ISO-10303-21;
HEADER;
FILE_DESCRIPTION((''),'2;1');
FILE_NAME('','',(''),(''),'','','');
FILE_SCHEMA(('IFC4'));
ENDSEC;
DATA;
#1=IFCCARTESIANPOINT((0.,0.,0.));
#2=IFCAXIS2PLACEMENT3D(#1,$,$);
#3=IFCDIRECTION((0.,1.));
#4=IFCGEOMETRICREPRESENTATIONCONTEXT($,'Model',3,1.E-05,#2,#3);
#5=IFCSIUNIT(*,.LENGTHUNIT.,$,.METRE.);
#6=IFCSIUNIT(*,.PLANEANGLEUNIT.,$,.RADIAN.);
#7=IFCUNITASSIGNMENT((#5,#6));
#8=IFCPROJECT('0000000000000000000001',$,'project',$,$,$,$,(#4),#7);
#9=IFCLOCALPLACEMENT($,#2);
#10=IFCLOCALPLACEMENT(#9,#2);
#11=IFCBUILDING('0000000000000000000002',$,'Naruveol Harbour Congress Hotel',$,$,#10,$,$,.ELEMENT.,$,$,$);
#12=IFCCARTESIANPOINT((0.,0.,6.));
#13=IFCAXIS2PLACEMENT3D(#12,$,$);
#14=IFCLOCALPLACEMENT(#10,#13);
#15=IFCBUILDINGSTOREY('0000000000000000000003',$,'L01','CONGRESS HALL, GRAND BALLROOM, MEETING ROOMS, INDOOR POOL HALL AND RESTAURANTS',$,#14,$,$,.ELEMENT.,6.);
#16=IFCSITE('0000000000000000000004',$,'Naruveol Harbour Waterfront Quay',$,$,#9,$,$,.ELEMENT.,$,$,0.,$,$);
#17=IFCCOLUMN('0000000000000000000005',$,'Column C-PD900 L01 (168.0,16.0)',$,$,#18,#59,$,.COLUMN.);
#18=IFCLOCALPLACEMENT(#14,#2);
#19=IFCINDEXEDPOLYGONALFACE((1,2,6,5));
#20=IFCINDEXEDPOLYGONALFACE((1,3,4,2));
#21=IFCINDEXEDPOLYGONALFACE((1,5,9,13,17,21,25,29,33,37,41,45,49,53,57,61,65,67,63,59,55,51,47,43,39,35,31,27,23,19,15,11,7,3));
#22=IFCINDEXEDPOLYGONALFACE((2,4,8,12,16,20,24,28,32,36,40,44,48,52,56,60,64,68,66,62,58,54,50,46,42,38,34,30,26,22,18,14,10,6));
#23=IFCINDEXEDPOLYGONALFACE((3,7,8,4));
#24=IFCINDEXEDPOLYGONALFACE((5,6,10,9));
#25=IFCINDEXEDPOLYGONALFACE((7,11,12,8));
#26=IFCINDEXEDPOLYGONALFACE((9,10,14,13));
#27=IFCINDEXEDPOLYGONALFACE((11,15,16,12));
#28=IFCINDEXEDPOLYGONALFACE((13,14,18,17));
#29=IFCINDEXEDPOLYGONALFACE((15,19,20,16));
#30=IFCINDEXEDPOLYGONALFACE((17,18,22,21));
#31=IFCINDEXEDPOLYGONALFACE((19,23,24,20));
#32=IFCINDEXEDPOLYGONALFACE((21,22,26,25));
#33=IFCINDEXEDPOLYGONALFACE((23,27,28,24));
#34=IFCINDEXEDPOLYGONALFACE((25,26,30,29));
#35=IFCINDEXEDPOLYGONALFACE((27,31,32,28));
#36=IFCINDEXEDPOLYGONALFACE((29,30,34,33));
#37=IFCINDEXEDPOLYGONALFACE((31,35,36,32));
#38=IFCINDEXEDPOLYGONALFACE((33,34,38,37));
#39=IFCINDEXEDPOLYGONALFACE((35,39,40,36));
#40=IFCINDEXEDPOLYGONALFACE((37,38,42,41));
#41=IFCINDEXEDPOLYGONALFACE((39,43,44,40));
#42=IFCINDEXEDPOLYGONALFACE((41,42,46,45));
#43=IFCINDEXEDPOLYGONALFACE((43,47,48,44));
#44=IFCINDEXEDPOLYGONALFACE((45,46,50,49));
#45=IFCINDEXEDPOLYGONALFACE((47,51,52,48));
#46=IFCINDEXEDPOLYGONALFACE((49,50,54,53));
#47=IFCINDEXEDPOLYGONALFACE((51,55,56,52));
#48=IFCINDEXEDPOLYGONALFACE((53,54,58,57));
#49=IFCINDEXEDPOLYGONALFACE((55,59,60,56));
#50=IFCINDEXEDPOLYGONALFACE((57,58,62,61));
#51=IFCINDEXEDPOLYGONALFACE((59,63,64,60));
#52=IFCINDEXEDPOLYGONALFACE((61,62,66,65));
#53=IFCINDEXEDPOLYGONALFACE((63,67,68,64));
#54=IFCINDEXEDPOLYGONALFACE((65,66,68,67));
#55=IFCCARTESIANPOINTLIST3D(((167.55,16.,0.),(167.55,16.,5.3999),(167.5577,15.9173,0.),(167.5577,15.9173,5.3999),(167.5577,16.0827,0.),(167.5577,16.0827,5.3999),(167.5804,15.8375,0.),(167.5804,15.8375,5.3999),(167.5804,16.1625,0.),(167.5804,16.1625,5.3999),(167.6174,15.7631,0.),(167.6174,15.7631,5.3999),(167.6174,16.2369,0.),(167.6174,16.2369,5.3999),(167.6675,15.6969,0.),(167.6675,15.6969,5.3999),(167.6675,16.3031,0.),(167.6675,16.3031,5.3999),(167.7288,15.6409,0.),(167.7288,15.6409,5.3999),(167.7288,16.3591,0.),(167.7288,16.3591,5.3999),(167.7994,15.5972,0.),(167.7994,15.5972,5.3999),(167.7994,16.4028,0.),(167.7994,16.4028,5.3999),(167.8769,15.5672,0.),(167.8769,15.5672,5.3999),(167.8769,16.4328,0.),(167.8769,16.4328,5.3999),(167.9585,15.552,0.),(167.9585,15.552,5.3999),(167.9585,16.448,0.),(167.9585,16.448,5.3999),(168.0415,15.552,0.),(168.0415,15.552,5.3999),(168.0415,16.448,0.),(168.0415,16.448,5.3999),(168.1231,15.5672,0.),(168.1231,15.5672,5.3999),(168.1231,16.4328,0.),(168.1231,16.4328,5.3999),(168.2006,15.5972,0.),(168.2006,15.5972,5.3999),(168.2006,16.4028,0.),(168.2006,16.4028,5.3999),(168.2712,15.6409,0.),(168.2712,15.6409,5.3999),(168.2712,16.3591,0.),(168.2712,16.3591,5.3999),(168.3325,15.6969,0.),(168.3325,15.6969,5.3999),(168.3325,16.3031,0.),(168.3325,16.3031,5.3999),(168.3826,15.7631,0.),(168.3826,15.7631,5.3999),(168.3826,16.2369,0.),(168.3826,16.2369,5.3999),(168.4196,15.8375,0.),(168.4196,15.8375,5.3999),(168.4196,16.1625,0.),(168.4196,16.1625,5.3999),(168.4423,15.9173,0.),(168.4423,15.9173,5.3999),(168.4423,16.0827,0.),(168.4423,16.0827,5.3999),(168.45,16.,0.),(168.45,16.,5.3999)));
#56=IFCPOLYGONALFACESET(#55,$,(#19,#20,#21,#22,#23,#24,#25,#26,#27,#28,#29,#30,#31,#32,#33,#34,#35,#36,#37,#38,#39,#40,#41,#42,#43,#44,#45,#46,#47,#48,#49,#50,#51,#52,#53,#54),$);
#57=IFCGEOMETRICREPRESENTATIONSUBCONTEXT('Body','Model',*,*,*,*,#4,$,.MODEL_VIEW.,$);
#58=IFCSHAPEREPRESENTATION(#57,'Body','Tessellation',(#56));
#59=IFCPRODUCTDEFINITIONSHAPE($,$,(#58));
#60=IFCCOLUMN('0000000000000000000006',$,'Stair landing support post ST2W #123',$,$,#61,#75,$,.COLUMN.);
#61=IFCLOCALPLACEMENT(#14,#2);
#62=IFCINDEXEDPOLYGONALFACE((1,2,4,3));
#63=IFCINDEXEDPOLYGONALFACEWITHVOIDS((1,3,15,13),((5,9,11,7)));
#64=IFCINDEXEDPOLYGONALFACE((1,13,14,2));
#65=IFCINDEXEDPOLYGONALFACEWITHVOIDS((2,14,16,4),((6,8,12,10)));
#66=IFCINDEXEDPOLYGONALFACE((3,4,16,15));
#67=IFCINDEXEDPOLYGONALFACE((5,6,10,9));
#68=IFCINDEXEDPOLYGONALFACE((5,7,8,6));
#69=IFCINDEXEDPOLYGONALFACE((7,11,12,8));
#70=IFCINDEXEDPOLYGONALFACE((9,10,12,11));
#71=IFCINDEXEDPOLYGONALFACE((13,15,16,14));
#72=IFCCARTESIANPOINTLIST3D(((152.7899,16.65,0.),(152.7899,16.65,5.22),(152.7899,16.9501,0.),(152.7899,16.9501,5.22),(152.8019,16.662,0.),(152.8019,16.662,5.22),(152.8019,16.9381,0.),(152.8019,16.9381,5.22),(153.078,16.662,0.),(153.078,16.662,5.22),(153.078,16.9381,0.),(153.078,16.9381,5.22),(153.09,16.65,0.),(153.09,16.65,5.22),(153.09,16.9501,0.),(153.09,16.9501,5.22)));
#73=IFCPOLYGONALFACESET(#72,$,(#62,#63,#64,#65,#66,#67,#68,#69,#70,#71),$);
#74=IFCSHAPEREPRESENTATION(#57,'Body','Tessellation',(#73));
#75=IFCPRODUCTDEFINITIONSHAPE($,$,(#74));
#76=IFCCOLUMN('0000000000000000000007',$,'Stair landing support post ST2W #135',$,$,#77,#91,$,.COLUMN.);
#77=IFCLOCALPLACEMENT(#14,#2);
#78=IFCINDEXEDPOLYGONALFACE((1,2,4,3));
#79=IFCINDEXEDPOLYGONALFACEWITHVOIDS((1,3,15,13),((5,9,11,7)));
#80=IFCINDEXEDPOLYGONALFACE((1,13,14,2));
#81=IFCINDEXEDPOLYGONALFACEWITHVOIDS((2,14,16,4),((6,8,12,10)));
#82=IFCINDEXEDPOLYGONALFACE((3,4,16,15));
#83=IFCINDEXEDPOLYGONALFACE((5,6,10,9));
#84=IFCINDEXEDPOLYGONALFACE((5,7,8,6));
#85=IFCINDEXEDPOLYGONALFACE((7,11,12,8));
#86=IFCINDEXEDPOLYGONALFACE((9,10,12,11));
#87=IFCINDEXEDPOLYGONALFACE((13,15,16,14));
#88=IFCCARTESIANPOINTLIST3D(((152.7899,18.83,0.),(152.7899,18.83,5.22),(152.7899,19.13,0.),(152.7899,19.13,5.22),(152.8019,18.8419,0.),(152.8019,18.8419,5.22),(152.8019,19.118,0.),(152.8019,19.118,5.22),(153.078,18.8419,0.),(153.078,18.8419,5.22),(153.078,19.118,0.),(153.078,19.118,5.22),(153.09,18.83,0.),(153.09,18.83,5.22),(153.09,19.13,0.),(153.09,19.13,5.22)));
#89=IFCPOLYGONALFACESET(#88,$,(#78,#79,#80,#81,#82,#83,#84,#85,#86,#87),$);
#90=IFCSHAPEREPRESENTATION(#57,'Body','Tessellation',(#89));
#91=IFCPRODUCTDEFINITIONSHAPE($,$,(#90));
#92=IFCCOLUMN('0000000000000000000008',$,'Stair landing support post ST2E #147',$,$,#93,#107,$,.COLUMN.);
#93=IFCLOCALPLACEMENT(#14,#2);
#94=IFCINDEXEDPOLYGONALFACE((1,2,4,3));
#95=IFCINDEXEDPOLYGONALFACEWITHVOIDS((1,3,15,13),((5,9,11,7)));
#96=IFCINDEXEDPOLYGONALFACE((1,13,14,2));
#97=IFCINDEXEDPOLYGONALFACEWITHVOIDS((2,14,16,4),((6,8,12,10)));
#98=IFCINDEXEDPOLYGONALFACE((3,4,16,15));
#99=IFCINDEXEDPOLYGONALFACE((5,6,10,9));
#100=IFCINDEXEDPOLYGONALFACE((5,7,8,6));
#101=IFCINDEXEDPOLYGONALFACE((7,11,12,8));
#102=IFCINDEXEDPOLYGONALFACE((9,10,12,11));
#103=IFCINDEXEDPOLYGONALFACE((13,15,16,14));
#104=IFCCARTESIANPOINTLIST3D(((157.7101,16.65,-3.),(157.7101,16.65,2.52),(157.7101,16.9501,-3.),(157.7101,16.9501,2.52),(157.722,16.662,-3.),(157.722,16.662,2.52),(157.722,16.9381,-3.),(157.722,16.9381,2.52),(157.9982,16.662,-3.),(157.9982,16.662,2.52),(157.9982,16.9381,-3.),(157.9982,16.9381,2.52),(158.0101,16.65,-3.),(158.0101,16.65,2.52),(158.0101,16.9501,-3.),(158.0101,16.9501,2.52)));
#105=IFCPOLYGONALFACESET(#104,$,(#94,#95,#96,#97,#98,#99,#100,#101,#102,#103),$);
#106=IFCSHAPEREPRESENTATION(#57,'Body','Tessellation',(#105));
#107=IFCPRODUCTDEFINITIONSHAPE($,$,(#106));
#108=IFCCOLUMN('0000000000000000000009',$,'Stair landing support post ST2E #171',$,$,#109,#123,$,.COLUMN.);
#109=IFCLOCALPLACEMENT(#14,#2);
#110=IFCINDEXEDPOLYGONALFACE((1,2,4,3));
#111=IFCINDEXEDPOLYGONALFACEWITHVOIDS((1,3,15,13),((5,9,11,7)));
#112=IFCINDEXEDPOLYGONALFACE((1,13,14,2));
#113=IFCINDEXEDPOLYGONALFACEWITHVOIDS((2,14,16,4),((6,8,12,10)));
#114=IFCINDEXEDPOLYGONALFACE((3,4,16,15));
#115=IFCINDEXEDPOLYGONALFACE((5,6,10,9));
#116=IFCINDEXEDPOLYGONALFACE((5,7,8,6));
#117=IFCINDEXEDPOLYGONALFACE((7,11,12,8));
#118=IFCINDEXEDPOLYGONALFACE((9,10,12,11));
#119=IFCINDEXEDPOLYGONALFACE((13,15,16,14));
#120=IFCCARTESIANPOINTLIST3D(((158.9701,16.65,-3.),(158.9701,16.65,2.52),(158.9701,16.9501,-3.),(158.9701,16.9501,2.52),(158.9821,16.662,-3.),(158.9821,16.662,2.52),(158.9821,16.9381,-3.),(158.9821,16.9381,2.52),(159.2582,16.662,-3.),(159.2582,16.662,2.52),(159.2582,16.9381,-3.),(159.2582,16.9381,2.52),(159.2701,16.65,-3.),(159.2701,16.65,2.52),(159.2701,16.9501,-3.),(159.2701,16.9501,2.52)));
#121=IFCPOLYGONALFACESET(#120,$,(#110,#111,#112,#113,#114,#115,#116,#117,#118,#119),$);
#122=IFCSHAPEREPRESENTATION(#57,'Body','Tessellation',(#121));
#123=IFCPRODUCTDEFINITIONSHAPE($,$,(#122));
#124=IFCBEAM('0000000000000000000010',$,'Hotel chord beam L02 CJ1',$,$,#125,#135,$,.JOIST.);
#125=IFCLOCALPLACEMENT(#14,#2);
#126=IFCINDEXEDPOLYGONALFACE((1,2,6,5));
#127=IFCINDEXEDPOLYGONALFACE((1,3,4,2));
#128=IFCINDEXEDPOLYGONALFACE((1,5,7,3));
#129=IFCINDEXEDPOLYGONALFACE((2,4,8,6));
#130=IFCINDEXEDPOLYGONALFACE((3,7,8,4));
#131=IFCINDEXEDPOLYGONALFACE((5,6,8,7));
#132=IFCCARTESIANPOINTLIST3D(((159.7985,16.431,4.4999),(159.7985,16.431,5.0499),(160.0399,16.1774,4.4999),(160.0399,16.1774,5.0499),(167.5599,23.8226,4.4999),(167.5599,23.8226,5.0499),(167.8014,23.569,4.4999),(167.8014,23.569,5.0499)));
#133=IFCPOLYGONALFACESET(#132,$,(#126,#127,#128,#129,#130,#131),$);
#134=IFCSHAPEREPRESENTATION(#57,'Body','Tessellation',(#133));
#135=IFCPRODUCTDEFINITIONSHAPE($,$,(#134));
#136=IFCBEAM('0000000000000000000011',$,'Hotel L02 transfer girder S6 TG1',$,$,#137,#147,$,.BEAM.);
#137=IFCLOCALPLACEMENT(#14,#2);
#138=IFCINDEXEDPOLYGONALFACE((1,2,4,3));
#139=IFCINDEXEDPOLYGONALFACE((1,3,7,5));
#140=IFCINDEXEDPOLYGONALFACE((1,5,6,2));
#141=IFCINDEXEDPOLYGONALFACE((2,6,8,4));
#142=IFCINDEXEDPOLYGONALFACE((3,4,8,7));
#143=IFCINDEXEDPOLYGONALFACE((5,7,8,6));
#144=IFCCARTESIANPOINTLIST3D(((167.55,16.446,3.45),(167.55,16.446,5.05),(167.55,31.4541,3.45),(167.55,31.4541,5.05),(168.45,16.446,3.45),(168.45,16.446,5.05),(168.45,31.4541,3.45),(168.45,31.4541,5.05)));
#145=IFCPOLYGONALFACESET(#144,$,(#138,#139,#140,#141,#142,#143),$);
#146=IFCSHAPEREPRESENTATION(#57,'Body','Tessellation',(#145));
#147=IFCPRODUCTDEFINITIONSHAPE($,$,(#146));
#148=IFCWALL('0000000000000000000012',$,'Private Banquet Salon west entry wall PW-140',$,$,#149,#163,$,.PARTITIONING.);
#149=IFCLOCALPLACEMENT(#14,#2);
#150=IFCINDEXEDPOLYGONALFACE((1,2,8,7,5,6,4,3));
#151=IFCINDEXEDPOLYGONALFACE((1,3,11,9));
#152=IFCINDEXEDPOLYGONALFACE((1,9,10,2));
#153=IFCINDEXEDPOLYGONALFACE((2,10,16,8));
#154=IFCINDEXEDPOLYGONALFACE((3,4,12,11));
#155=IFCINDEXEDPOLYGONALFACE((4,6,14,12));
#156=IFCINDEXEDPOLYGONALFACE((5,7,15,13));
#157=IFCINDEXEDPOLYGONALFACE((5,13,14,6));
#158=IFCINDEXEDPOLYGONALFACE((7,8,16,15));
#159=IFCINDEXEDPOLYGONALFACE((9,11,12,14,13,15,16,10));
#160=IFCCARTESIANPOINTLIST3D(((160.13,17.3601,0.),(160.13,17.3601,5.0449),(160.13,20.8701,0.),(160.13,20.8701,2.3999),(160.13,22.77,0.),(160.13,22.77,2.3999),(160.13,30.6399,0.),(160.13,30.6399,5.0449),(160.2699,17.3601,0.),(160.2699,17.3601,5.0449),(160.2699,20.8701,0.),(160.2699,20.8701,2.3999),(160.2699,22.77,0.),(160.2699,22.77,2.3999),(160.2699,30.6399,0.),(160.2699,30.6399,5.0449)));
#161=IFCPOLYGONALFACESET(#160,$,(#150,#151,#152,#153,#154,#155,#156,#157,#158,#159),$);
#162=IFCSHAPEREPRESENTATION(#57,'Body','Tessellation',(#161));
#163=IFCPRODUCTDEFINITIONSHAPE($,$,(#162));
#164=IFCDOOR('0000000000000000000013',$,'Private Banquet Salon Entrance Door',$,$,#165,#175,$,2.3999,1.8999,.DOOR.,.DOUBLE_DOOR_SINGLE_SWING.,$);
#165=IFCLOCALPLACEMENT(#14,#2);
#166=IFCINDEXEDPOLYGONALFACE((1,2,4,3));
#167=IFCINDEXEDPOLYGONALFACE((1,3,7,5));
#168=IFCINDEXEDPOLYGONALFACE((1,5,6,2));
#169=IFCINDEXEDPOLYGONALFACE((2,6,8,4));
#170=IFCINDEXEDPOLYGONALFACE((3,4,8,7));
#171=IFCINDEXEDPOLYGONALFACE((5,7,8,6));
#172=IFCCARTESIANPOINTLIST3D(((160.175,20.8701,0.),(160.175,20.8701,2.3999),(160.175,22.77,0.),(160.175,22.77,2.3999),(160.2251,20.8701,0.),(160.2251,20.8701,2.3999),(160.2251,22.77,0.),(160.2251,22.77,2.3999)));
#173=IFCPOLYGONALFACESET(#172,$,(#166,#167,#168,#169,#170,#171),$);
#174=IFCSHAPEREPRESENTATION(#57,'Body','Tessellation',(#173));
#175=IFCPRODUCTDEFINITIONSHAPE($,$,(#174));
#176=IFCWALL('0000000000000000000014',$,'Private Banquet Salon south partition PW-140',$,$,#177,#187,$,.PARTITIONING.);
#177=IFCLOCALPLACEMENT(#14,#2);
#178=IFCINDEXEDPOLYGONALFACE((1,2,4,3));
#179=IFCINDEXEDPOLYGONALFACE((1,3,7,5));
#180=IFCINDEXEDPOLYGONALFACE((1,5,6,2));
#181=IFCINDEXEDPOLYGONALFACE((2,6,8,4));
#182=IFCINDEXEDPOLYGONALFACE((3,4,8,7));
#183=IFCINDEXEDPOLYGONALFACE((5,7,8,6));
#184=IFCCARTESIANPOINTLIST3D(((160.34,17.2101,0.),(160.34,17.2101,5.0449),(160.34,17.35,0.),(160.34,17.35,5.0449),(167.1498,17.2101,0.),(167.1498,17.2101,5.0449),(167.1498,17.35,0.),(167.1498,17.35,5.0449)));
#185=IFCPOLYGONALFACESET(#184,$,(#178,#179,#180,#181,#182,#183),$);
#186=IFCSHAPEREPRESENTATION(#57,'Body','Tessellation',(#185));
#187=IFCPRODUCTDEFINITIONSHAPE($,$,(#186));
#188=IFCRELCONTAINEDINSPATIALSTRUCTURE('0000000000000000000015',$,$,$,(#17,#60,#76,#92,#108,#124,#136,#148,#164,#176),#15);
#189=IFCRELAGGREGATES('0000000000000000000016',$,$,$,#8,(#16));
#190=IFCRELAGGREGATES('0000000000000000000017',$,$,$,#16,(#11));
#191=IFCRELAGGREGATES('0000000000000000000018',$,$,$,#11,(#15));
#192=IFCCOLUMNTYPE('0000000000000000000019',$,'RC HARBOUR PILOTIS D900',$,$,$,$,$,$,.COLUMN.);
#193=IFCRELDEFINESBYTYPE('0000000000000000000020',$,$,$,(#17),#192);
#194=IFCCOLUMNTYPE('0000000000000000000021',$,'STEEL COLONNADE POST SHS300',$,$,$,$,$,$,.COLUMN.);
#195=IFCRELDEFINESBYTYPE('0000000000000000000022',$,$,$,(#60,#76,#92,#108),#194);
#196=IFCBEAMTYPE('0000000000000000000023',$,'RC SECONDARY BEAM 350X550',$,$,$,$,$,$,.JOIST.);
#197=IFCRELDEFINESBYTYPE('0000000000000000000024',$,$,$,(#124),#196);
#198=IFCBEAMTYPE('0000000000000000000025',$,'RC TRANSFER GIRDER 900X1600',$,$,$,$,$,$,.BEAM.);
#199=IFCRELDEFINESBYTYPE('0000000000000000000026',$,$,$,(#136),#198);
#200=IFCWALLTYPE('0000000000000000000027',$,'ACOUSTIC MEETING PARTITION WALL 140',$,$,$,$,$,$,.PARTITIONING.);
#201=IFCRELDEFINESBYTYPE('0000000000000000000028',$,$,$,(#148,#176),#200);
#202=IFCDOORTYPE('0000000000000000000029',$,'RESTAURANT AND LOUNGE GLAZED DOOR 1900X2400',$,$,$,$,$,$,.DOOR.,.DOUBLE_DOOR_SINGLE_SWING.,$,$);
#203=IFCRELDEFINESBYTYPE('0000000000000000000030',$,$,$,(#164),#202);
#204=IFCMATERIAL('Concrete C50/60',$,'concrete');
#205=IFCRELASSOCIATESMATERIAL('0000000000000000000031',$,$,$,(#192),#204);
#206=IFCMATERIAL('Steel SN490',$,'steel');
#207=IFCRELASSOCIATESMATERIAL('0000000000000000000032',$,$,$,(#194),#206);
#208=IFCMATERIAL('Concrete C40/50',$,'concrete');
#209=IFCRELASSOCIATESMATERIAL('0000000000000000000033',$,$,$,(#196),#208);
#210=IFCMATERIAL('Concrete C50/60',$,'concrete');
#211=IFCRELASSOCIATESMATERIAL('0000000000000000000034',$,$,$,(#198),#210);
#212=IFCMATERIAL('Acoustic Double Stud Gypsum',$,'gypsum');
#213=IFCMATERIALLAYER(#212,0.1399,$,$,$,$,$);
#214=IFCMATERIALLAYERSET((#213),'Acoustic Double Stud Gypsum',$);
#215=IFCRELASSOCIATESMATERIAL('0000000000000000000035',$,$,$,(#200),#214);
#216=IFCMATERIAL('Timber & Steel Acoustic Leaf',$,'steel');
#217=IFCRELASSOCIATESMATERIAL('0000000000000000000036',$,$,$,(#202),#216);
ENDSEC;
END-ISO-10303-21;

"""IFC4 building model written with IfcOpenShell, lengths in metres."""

from ifc_helpers import new_model, si_unit, direction, frame, frame_2d, origin, origin_2d, place, context, subcontext, project, spatial, rectangle, hollow_rectangle, circle, extrude, material, layer, layer_set, material_profile, profile_set, type_object, element, fill, save


model = new_model("IFC4")

# Units and contexts
model_context = context("Model", 3, precision=1e-05, world=origin(), true_north=direction((0.0, 1.0)))
body_context = subcontext(model_context, "Body", "Model", "MODEL_VIEW")
ifc_project = project(units=[si_unit("LENGTHUNIT", "METRE"), si_unit("PLANEANGLEUNIT", "RADIAN")], contexts=[model_context])

# Site, building, storey
site_placement = place(None, origin())
site = spatial("IfcSite", under=ifc_project, at=site_placement, Name="Naruveol Harbour Waterfront Quay", CompositionType="ELEMENT", RefElevation=0.0)
building_placement = place(site_placement, origin())
building = spatial("IfcBuilding", under=site, at=building_placement, Name="Naruveol Harbour Congress Hotel", CompositionType="ELEMENT")
storey_placement = place(building_placement, frame((0.0, 0.0, 6.0)))
storey = spatial("IfcBuildingStorey", under=building, at=storey_placement, Name="L01", Description="CONGRESS HALL, GRAND BALLROOM, MEETING ROOMS, INDOOR POOL HALL AND RESTAURANTS", CompositionType="ELEMENT", Elevation=6.0)

# Columns
ifc_material_1 = material(Name="Concrete C50/60", Category="concrete")
ifc_material_profile_1 = material_profile(ifc_material_1, circle(Radius=0.45, at=origin_2d()), Name="RC-D900")
ifc_profile_set_1 = profile_set([ifc_material_profile_1], Name="Concrete C50/60")
column_type_1 = type_object("IfcColumnType", Name="RC HARBOUR PILOTIS D900", PredefinedType="COLUMN", material=ifc_profile_set_1)
column_placement = place(storey_placement, frame((168.0, 16.0, 0.0), z_axis=(0.0, 0.0, 1.0), x_axis=(1.0, 0.0, 0.0)))
element("IfcColumn", 1, at=column_placement, inside=storey, type_object=column_type_1, Name="Column C-PD900 L01 (168.0,16.0)", PredefinedType="COLUMN", context=body_context, shape_type="SweptSolid", body=[
    extrude(circle(Radius=0.45, at=origin_2d()), origin(), (0.0, 0.0, 1.0), 5.3999),
])
ifc_material_2 = material(Name="Steel SN490", Category="steel")
ifc_material_profile_2 = material_profile(ifc_material_2, hollow_rectangle(XDim=0.3, YDim=0.3, WallThickness=0.012, at=origin_2d()), Name="SHS-300x300x12")
ifc_profile_set_2 = profile_set([ifc_material_profile_2], Name="Steel SN490")
column_type_2 = type_object("IfcColumnType", Name="STEEL COLONNADE POST SHS300", PredefinedType="COLUMN", material=ifc_profile_set_2)
for number, where, z_axis, x_axis, name in (
    (2, (152.9399, 16.8, 0.0), (0.0, 0.0, 1.0), (1.0, 0.0, 0.0), "Stair landing support post ST2W #123"),
    (3, (152.9399, 18.98, 0.0), (0.0, 0.0, 1.0), (1.0, 0.0, 0.0), "Stair landing support post ST2W #135"),
):
    element("IfcColumn", number, at=place(storey_placement, frame(where, z_axis=z_axis, x_axis=x_axis)), inside=storey, type_object=column_type_2, Name=name, PredefinedType="COLUMN", context=body_context, shape_type="SweptSolid", body=[
        extrude(hollow_rectangle(XDim=0.3, YDim=0.3, WallThickness=0.012, at=origin_2d()), origin(), (0.0, 0.0, 1.0), 5.22),
    ])
for number, where, z_axis, x_axis, name in (
    (4, (157.8601, 16.8, -3.0), (0.0, 0.0, 1.0), (1.0, 0.0, 0.0), "Stair landing support post ST2E #147"),
    (5, (159.1201, 16.8, -3.0), (0.0, 0.0, 1.0), (1.0, 0.0, 0.0), "Stair landing support post ST2E #171"),
):
    element("IfcColumn", number, at=place(storey_placement, frame(where, z_axis=z_axis, x_axis=x_axis)), inside=storey, type_object=column_type_2, Name=name, PredefinedType="COLUMN", context=body_context, shape_type="SweptSolid", body=[
        extrude(hollow_rectangle(XDim=0.3, YDim=0.3, WallThickness=0.012, at=origin_2d()), origin(), (0.0, 0.0, 1.0), 5.52),
    ])

# Beams
ifc_material_3 = material(Name="Concrete C40/50", Category="concrete")
ifc_material_profile_3 = material_profile(ifc_material_3, rectangle(XDim=0.3501, YDim=0.55, at=origin_2d()), Name="RCB-350x550")
ifc_profile_set_3 = profile_set([ifc_material_profile_3], Name="Concrete C40/50")
beam_type_1 = type_object("IfcBeamType", Name="RC SECONDARY BEAM 350X550", PredefinedType="JOIST", material=ifc_profile_set_3)
beam_1_placement = place(storey_placement, frame((159.9192, 16.3042, 4.7749), z_axis=(0.724151, 0.689642, 0.0), x_axis=(-0.689642, 0.724151, 0.0)))
element("IfcBeam", 6, at=beam_1_placement, inside=storey, type_object=beam_type_1, Name="Hotel chord beam L02 CJ1", PredefinedType="JOIST", context=body_context, shape_type="SweptSolid", body=[
    extrude(rectangle(XDim=0.3501, YDim=0.55, at=origin_2d()), origin(), (0.0, 0.0, 1.0), 10.718),
])
ifc_material_4 = material(Name="Concrete C50/60", Category="concrete")
ifc_material_profile_4 = material_profile(ifc_material_4, rectangle(XDim=0.8999, YDim=1.6001, at=origin_2d()), Name="RCB-900x1600")
ifc_profile_set_4 = profile_set([ifc_material_profile_4], Name="Concrete C50/60")
beam_type_2 = type_object("IfcBeamType", Name="RC TRANSFER GIRDER 900X1600", PredefinedType="BEAM", material=ifc_profile_set_4)
beam_2_placement = place(storey_placement, frame((168.0, 16.446, 4.25), z_axis=(0.0, 1.0, 0.0), x_axis=(-1.0, 0.0, 0.0)))
element("IfcBeam", 7, at=beam_2_placement, inside=storey, type_object=beam_type_2, Name="Hotel L02 transfer girder S6 TG1", PredefinedType="BEAM", context=body_context, shape_type="SweptSolid", body=[
    extrude(rectangle(XDim=0.8999, YDim=1.6001, at=origin_2d()), origin(), (0.0, 0.0, 1.0), 15.0081),
])

# Wall, opening, door
ifc_material_5 = material(Name="Acoustic Double Stud Gypsum", Category="gypsum")
ifc_layer_1 = layer(ifc_material_5, 0.1399)
ifc_layer_set_1 = layer_set([ifc_layer_1], Name="Acoustic Double Stud Gypsum")
wall_type_1 = type_object("IfcWallType", Name="ACOUSTIC MEETING PARTITION WALL 140", PredefinedType="PARTITIONING", material=ifc_layer_set_1)
wall_1_placement = place(storey_placement, frame((160.2, 17.3601, 0.0), z_axis=(0.0, 0.0, 1.0), x_axis=(0.0, 1.0, 0.0)))
wall_1 = element("IfcWall", 8, at=wall_1_placement, inside=storey, type_object=wall_type_1, Name="Private Banquet Salon west entry wall PW-140", PredefinedType="PARTITIONING", context=body_context, shape_type="SweptSolid", body=[
    extrude(rectangle(XDim=13.2798, YDim=0.1399, at=frame_2d((6.6399, 0.0))), origin(), (0.0, 0.0, 1.0), 5.0449),
])
opening_placement = place(wall_1_placement, frame((3.51, 0.0, 0.0)))
opening = element("IfcOpeningElement", 9, at=opening_placement, cuts=wall_1, PredefinedType="OPENING", context=body_context, shape_type="SweptSolid", body=[
    extrude(rectangle(XDim=1.8999, YDim=2.3999, at=frame_2d((0.95, 1.2))), frame((0.0, 0.0798, 0.0), z_axis=(0.0, -1.0, 0.0), x_axis=(1.0, 0.0, 0.0)), (0.0, 0.0, 1.0), 0.1599),
])
ifc_material_6 = material(Name="Timber & Steel Acoustic Leaf", Category="steel")
door_type = type_object("IfcDoorType", Name="RESTAURANT AND LOUNGE GLAZED DOOR 1900X2400", OperationType="DOUBLE_DOOR_SINGLE_SWING", PredefinedType="DOOR", material=ifc_material_6)
door_placement = place(opening_placement, origin())
door = element("IfcDoor", 10, at=door_placement, inside=storey, type_object=door_type, Name="Private Banquet Salon Entrance Door", OperationType="DOUBLE_DOOR_SINGLE_SWING", OverallHeight=2.3999, OverallWidth=1.8999, PredefinedType="DOOR", context=body_context, shape_type="SweptSolid", body=[
    extrude(rectangle(XDim=1.8999, YDim=2.3999, at=frame_2d((0.95, 1.2))), frame((0.0, 0.0249, 0.0), z_axis=(0.0, -1.0, 0.0), x_axis=(1.0, 0.0, 0.0)), (0.0, 0.0, 1.0), 0.05),
])
fill(opening, door)

# Wall
wall_2_placement = place(storey_placement, frame((160.3401, 17.28, 0.0), z_axis=(0.0, 0.0, 1.0), x_axis=(1.0, 0.0, 0.0)))
element("IfcWall", 11, at=wall_2_placement, inside=storey, type_object=wall_type_1, Name="Private Banquet Salon south partition PW-140", PredefinedType="PARTITIONING", context=body_context, shape_type="SweptSolid", body=[
    extrude(rectangle(XDim=6.8098, YDim=0.1399, at=frame_2d((3.4048, 0.0))), origin(), (0.0, 0.0, 1.0), 5.0449),
])

save(model, "model.ifc")
